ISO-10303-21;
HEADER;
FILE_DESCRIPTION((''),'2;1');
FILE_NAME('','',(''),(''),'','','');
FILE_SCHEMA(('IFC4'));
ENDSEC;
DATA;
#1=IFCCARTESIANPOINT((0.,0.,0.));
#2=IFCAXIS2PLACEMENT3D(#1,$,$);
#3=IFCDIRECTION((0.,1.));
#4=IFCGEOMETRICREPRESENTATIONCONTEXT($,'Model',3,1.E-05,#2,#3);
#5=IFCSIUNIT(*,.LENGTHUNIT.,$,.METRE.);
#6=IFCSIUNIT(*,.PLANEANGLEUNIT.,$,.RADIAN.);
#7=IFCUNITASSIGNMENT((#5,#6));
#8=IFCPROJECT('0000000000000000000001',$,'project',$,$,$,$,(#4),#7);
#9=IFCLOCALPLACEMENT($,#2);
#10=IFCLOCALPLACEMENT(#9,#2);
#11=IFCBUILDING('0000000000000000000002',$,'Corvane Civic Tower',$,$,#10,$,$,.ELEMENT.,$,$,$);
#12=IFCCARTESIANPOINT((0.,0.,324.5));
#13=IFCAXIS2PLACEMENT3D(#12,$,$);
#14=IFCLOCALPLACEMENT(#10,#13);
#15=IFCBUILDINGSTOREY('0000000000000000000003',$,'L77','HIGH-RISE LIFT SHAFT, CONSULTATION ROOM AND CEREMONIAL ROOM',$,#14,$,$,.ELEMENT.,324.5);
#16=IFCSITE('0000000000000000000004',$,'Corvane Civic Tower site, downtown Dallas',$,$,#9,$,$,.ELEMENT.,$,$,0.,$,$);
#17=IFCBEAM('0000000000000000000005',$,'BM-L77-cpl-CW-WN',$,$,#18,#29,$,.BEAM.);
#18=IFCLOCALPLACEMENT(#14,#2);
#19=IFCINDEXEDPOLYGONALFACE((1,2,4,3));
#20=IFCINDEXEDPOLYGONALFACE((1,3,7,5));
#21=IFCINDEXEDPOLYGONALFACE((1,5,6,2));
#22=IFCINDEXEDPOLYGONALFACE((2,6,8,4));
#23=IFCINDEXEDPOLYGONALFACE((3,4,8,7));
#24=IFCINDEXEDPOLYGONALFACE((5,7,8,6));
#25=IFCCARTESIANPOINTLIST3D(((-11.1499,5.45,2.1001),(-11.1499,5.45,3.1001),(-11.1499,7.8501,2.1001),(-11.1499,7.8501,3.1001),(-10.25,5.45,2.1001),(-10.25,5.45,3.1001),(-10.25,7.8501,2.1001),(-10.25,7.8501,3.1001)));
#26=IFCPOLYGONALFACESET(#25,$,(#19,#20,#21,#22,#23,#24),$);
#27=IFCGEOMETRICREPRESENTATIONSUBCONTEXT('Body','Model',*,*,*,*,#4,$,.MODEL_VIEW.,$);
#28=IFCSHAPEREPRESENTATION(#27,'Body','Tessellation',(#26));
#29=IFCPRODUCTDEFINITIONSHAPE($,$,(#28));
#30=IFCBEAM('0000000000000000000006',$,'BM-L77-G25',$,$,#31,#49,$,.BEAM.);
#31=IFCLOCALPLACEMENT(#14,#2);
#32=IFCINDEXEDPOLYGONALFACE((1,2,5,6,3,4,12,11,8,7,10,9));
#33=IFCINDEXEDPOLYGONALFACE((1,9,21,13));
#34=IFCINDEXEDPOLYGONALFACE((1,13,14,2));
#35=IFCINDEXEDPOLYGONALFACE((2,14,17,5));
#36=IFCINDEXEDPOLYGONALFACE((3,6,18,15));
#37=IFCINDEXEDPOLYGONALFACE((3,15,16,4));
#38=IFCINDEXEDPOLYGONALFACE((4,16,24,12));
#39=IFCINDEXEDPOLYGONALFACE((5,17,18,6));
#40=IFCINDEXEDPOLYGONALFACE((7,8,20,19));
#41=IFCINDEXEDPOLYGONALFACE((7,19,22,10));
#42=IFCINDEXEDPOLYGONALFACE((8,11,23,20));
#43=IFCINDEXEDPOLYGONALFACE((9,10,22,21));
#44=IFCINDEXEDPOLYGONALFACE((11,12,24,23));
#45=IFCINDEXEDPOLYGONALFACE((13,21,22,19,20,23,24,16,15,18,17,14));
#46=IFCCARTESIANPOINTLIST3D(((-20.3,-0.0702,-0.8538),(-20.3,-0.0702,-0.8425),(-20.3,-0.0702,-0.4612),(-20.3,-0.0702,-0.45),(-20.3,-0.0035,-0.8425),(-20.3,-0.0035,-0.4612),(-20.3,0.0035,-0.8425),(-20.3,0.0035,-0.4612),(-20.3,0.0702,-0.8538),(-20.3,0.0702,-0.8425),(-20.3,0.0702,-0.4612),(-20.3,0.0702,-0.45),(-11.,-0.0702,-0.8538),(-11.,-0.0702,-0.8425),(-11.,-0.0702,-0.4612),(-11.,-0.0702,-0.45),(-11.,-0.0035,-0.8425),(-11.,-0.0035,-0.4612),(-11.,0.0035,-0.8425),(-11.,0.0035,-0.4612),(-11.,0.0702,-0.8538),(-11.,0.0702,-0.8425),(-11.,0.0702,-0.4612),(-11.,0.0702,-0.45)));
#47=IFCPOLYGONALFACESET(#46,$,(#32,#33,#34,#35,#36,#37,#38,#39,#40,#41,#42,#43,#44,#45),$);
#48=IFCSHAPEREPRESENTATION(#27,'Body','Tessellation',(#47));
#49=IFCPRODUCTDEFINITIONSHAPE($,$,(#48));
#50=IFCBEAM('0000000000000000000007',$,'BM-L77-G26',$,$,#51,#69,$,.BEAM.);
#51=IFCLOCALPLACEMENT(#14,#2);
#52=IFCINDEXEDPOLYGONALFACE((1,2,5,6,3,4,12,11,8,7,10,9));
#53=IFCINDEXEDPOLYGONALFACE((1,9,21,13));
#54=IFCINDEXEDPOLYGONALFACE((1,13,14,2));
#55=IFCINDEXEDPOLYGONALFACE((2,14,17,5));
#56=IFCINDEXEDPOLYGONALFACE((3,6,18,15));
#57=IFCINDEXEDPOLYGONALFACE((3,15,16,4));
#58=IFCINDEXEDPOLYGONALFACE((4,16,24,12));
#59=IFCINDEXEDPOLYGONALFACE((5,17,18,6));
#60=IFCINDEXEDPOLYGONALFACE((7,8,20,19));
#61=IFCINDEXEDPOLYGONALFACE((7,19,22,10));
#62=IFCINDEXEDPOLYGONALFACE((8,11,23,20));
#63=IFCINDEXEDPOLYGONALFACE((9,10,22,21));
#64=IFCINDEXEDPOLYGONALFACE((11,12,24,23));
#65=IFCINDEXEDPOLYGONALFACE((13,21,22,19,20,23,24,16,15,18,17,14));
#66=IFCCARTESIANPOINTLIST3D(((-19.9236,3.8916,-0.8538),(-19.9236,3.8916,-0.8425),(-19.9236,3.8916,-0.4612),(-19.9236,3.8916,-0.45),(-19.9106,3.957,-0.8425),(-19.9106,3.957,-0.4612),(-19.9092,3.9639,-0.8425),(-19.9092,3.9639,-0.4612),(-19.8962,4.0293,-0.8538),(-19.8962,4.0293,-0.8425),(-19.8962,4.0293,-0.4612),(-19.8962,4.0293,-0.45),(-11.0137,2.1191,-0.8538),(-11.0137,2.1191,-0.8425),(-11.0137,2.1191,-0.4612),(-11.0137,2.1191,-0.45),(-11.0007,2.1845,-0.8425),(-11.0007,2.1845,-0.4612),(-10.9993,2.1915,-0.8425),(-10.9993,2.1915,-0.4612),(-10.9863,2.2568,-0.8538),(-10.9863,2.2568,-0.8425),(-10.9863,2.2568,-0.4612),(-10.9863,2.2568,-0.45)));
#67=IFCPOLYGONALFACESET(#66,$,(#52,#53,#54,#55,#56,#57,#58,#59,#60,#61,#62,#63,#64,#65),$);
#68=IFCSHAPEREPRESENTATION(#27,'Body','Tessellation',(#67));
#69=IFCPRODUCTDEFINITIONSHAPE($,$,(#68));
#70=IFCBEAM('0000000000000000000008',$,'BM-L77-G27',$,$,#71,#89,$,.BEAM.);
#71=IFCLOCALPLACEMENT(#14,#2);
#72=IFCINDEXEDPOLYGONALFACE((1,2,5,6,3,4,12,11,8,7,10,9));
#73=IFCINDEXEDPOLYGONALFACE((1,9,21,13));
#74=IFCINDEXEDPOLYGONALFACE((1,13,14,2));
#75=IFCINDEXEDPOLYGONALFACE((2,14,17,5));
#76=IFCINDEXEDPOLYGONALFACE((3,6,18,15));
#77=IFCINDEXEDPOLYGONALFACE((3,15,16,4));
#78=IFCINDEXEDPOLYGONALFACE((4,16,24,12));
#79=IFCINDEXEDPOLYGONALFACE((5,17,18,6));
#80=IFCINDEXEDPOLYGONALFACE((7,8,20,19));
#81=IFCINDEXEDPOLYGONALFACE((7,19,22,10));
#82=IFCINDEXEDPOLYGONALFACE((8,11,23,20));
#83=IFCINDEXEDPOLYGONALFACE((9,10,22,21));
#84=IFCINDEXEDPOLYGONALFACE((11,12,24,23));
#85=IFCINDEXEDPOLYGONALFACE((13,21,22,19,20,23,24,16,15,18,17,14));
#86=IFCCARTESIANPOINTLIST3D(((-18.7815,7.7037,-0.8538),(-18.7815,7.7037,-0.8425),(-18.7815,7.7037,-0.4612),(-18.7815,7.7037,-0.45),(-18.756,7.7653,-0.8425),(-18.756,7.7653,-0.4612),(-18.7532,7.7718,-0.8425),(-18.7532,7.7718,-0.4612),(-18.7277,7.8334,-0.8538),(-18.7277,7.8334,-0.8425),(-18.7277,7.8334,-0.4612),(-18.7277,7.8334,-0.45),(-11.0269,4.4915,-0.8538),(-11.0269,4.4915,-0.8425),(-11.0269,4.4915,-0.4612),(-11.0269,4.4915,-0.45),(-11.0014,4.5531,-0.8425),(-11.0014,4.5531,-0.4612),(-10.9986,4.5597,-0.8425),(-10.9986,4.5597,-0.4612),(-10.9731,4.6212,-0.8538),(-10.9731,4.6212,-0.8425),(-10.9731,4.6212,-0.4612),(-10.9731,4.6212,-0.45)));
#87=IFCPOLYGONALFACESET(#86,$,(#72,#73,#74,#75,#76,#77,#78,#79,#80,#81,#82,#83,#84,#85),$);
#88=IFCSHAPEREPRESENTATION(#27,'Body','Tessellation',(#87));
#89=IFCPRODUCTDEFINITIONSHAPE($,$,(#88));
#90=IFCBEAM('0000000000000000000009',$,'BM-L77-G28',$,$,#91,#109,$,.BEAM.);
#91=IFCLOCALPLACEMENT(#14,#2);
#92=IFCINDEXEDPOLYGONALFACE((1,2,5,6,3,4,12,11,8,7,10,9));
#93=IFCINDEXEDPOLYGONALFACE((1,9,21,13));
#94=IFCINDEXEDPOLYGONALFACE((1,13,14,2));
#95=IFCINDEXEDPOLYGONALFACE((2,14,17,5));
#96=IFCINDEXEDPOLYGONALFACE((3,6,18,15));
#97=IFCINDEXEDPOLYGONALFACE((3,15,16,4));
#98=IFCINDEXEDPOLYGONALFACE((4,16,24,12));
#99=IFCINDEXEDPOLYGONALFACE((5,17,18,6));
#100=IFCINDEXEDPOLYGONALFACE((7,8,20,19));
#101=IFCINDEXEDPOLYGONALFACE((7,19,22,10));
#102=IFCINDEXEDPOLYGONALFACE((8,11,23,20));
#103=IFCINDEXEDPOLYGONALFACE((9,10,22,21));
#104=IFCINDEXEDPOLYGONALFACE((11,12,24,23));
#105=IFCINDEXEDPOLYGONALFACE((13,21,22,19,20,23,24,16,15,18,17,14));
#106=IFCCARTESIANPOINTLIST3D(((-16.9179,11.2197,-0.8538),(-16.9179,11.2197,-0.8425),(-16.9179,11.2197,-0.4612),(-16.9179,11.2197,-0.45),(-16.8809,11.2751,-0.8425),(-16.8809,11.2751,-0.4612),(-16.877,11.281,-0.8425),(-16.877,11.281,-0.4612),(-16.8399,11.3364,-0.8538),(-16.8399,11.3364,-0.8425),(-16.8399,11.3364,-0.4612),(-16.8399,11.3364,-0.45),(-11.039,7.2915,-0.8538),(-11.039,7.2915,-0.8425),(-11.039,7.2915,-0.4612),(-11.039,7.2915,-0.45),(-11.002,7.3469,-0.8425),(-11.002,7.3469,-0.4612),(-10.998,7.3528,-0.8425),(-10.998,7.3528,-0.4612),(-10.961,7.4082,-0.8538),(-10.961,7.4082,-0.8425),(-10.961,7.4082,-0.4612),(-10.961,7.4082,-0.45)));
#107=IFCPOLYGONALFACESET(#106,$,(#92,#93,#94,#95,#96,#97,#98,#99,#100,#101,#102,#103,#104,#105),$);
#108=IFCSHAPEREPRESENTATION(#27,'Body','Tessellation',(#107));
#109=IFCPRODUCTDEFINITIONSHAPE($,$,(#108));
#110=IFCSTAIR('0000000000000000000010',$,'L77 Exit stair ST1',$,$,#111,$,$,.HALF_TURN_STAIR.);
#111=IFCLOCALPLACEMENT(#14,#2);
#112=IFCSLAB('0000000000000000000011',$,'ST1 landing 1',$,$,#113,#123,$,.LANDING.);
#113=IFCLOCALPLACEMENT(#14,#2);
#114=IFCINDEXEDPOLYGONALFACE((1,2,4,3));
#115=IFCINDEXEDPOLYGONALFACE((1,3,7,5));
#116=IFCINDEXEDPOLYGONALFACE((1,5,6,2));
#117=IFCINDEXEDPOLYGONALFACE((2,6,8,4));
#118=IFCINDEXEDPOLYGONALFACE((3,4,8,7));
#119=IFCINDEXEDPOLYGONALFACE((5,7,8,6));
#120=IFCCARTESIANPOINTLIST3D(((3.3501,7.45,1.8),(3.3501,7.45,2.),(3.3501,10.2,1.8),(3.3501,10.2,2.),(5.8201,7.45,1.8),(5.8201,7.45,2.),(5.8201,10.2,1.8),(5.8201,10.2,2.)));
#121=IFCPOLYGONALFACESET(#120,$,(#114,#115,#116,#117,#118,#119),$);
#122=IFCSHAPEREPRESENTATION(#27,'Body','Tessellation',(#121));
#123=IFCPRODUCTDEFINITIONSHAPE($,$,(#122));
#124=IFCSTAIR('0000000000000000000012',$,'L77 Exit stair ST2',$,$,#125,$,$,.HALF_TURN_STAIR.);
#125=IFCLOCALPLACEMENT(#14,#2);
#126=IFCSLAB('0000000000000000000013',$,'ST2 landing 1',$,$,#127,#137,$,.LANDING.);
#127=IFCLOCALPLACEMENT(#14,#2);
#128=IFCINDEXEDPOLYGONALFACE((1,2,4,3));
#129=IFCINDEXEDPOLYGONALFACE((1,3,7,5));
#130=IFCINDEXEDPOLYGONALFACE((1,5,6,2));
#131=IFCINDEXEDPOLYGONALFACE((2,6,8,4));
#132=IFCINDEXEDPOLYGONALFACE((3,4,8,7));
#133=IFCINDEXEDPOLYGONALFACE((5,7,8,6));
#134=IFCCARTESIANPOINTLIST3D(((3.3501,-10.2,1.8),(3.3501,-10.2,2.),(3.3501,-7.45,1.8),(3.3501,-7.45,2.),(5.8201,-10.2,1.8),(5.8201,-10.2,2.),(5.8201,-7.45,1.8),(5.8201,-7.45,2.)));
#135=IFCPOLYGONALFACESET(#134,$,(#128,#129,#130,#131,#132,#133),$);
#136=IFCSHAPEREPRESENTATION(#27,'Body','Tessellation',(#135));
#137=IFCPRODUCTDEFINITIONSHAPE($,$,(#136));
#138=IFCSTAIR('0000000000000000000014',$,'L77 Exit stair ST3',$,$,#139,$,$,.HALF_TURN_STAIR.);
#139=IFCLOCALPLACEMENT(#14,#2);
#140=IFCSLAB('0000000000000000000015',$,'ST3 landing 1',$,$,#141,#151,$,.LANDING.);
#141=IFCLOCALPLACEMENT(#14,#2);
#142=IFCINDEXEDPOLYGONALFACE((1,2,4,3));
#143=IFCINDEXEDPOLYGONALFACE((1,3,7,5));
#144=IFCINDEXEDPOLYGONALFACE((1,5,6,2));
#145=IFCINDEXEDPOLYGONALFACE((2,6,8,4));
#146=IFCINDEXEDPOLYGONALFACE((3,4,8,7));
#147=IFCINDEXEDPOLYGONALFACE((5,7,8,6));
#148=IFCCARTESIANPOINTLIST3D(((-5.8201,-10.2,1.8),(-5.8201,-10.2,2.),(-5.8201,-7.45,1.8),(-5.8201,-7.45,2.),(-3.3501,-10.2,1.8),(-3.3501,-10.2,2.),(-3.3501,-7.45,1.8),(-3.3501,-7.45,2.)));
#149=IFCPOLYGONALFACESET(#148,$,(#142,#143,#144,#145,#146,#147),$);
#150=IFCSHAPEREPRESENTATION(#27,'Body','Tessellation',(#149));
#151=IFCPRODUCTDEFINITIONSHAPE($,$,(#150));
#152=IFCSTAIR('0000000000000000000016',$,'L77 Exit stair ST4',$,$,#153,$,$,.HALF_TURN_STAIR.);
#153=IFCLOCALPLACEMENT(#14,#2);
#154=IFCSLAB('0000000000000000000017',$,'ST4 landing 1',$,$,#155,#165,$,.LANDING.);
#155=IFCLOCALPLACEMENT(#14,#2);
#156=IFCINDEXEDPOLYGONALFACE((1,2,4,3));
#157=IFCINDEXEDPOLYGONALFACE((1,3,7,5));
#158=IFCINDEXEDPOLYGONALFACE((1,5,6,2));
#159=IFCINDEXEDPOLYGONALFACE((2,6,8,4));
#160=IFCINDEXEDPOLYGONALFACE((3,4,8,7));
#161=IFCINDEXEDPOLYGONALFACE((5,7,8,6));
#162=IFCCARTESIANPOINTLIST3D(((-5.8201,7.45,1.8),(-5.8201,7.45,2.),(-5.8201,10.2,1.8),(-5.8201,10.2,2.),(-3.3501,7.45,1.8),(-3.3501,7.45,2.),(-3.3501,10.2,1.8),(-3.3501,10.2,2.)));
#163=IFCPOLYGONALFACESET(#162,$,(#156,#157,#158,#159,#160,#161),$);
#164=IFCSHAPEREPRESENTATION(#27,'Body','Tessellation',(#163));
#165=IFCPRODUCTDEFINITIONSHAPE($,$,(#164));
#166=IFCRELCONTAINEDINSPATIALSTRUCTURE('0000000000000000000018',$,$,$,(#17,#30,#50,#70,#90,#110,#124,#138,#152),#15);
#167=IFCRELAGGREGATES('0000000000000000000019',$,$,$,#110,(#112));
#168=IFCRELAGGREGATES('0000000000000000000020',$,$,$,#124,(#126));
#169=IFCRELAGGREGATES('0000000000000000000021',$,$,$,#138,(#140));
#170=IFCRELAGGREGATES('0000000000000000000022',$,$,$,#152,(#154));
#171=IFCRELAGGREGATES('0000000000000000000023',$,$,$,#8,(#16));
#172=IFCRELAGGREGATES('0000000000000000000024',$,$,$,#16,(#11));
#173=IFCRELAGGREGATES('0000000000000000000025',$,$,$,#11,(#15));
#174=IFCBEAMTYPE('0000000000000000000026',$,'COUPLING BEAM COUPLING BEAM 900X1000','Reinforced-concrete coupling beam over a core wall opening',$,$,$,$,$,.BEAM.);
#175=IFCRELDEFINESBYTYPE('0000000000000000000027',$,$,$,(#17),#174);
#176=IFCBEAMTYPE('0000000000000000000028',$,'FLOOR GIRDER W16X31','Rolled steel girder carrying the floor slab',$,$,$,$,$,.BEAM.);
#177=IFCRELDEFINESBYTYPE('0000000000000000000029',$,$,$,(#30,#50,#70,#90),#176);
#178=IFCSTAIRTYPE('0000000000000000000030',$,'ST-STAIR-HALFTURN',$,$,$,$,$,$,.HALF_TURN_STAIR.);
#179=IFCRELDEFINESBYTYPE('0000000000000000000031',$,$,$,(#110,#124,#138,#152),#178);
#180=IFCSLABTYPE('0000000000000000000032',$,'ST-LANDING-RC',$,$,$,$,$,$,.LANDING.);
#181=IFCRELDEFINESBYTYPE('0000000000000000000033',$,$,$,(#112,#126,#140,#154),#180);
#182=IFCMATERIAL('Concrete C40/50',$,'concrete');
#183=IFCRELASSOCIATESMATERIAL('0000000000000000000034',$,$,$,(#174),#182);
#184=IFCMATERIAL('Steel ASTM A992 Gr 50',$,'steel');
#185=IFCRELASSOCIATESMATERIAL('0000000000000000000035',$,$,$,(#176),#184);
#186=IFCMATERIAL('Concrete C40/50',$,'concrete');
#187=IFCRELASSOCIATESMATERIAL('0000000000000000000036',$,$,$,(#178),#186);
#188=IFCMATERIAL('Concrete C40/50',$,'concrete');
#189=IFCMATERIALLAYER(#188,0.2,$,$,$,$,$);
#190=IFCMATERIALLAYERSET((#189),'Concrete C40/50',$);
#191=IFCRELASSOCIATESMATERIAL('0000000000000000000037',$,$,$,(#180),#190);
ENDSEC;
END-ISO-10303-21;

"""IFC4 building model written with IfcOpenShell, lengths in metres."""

from ifc_helpers import new_model, si_unit, direction, frame, origin, origin_2d, place, context, subcontext, project, spatial, polyline, rectangle, i_section, outline, extrude, material, layer, layer_set, material_profile, profile_set, type_object, element, aggregate, save


model = new_model("IFC4")

# Units and contexts
model_context = context("Model", 3, precision=1e-05, world=origin(), true_north=direction((0.0, 1.0)))
body_context = subcontext(model_context, "Body", "Model", "MODEL_VIEW")
ifc_project = project(units=[si_unit("LENGTHUNIT", "METRE"), si_unit("PLANEANGLEUNIT", "RADIAN")], contexts=[model_context])

# Site, building, storey
site_placement = place(None, origin())
site = spatial("IfcSite", under=ifc_project, at=site_placement, Name="Corvane Civic Tower site, downtown Dallas", CompositionType="ELEMENT", RefElevation=0.0)
building_placement = place(site_placement, origin())
building = spatial("IfcBuilding", under=site, at=building_placement, Name="Corvane Civic Tower", CompositionType="ELEMENT")
storey_placement = place(building_placement, frame((0.0, 0.0, 324.5)))
storey = spatial("IfcBuildingStorey", under=building, at=storey_placement, Name="L77", Description="HIGH-RISE LIFT SHAFT, CONSULTATION ROOM AND CEREMONIAL ROOM", CompositionType="ELEMENT", Elevation=324.5)

# Beams
ifc_material_1 = material(Name="Concrete C40/50", Category="concrete")
ifc_material_profile_1 = material_profile(ifc_material_1, rectangle(XDim=0.8999, YDim=1.0, at=origin_2d()), Name="COUPLING BEAM 900X1000")
ifc_profile_set_1 = profile_set([ifc_material_profile_1], Name="Concrete C40/50")
beam_type_1 = type_object("IfcBeamType", Name="COUPLING BEAM COUPLING BEAM 900X1000", Description="Reinforced-concrete coupling beam over a core wall opening", PredefinedType="BEAM", material=ifc_profile_set_1)
beam_1_placement = place(storey_placement, frame((-10.7, 5.45, 2.6001), z_axis=(0.0, 1.0, 0.0), x_axis=(-1.0, 0.0, 0.0)))
element("IfcBeam", 1, at=beam_1_placement, inside=storey, type_object=beam_type_1, Name="BM-L77-cpl-CW-WN", PredefinedType="BEAM", context=body_context, shape_type="SweptSolid", body=[
    extrude(rectangle(XDim=0.8999, YDim=1.0, at=origin_2d()), origin(), (0.0, 0.0, 1.0), 2.4001),
])
ifc_material_2 = material(Name="Steel ASTM A992 Gr 50", Category="steel")
ifc_material_profile_2 = material_profile(ifc_material_2, i_section(OverallWidth=0.1404, OverallDepth=0.4038, WebThickness=0.0071, FlangeThickness=0.0112, at=origin_2d()), Name="W16X31")
ifc_profile_set_2 = profile_set([ifc_material_profile_2], Name="Steel ASTM A992 Gr 50")
beam_type_2 = type_object("IfcBeamType", Name="FLOOR GIRDER W16X31", Description="Rolled steel girder carrying the floor slab", PredefinedType="BEAM", material=ifc_profile_set_2)
beam_2_placement = place(storey_placement, frame((-11.0, 0.0, -0.6519), z_axis=(-1.0, 0.0, 0.0), x_axis=(0.0, -1.0, 0.0)))
element("IfcBeam", 2, at=beam_2_placement, inside=storey, type_object=beam_type_2, Name="BM-L77-G25", PredefinedType="BEAM", context=body_context, shape_type="SweptSolid", body=[
    extrude(i_section(OverallWidth=0.1404, OverallDepth=0.4038, WebThickness=0.0071, FlangeThickness=0.0112, at=origin_2d()), origin(), (0.0, 0.0, 1.0), 9.3),
])
beam_3_placement = place(storey_placement, frame((-11.0, 2.188, -0.6519), z_axis=(-0.980782, 0.195108, 0.0), x_axis=(-0.195108, -0.980782, 0.0)))
element("IfcBeam", 3, at=beam_3_placement, inside=storey, type_object=beam_type_2, Name="BM-L77-G26", PredefinedType="BEAM", context=body_context, shape_type="SweptSolid", body=[
    extrude(i_section(OverallWidth=0.1404, OverallDepth=0.4038, WebThickness=0.0071, FlangeThickness=0.0112, at=origin_2d()), origin(), (0.0, 0.0, 1.0), 9.0845),
])
beam_4_placement = place(storey_placement, frame((-11.0, 4.5564, -0.6519), z_axis=(-0.923876, 0.382692, 0.0), x_axis=(-0.382692, -0.923876, 0.0)))
element("IfcBeam", 4, at=beam_4_placement, inside=storey, type_object=beam_type_2, Name="BM-L77-G27", PredefinedType="BEAM", context=body_context, shape_type="SweptSolid", body=[
    extrude(i_section(OverallWidth=0.1404, OverallDepth=0.4038, WebThickness=0.0071, FlangeThickness=0.0112, at=origin_2d()), origin(), (0.0, 0.0, 1.0), 8.3936),
])
beam_5_placement = place(storey_placement, frame((-11.0, 7.3499, -0.6519), z_axis=(-0.831465, 0.555576, 0.0), x_axis=(-0.555576, -0.831465, 0.0)))
element("IfcBeam", 5, at=beam_5_placement, inside=storey, type_object=beam_type_2, Name="BM-L77-G28", PredefinedType="BEAM", context=body_context, shape_type="SweptSolid", body=[
    extrude(i_section(OverallWidth=0.1404, OverallDepth=0.4038, WebThickness=0.0071, FlangeThickness=0.0112, at=origin_2d()), origin(), (0.0, 0.0, 1.0), 7.0706),
])

# Stairs, slabs
ifc_material_3 = material(Name="Concrete C40/50", Category="concrete")
stair_type = type_object("IfcStairType", Name="ST-STAIR-HALFTURN", PredefinedType="HALF_TURN_STAIR", material=ifc_material_3)
stair_1_placement = place(storey_placement, origin())
stair_1 = element("IfcStair", 6, at=stair_1_placement, inside=storey, type_object=stair_type, Name="L77 Exit stair ST1", PredefinedType="HALF_TURN_STAIR")
ifc_material_4 = material(Name="Concrete C40/50", Category="concrete")
ifc_layer_1 = layer(ifc_material_4, 0.2)
ifc_layer_set_1 = layer_set([ifc_layer_1], Name="Concrete C40/50")
slab_type_1 = type_object("IfcSlabType", Name="ST-LANDING-RC", PredefinedType="LANDING", material=ifc_layer_set_1)
slab_1_placement = place(storey_placement, frame((0.0, 0.0, 1.8)))
slab_1 = element("IfcSlab", 7, at=slab_1_placement, type_object=slab_type_1, Name="ST1 landing 1", PredefinedType="LANDING", context=body_context, shape_type="SweptSolid", body=[
    extrude(outline(polyline([(5.8201, 10.2), (3.3501, 10.2), (3.3501, 7.45), (5.8201, 7.45), (5.8201, 10.2)])), origin(), (0.0, 0.0, 1.0), 0.2),
])
aggregate(stair_1, [slab_1])
stair_2_placement = place(storey_placement, origin())
stair_2 = element("IfcStair", 8, at=stair_2_placement, inside=storey, type_object=stair_type, Name="L77 Exit stair ST2", PredefinedType="HALF_TURN_STAIR")
slab_2_placement = place(storey_placement, frame((0.0, 0.0, 1.8)))
slab_2 = element("IfcSlab", 9, at=slab_2_placement, type_object=slab_type_1, Name="ST2 landing 1", PredefinedType="LANDING", context=body_context, shape_type="SweptSolid", body=[
    extrude(outline(polyline([(5.8201, -7.45), (3.3501, -7.45), (3.3501, -10.2), (5.8201, -10.2), (5.8201, -7.45)])), origin(), (0.0, 0.0, 1.0), 0.2),
])
aggregate(stair_2, [slab_2])
stair_3_placement = place(storey_placement, origin())
stair_3 = element("IfcStair", 10, at=stair_3_placement, inside=storey, type_object=stair_type, Name="L77 Exit stair ST3", PredefinedType="HALF_TURN_STAIR")
slab_3_placement = place(storey_placement, frame((0.0, 0.0, 1.8)))
slab_3 = element("IfcSlab", 11, at=slab_3_placement, type_object=slab_type_1, Name="ST3 landing 1", PredefinedType="LANDING", context=body_context, shape_type="SweptSolid", body=[
    extrude(outline(polyline([(-5.8201, -10.2), (-3.3501, -10.2), (-3.3501, -7.45), (-5.8201, -7.45), (-5.8201, -10.2)])), origin(), (0.0, 0.0, 1.0), 0.2),
])
aggregate(stair_3, [slab_3])
stair_4_placement = place(storey_placement, origin())
stair_4 = element("IfcStair", 12, at=stair_4_placement, inside=storey, type_object=stair_type, Name="L77 Exit stair ST4", PredefinedType="HALF_TURN_STAIR")
slab_4_placement = place(storey_placement, frame((0.0, 0.0, 1.8)))
slab_4 = element("IfcSlab", 13, at=slab_4_placement, type_object=slab_type_1, Name="ST4 landing 1", PredefinedType="LANDING", context=body_context, shape_type="SweptSolid", body=[
    extrude(outline(polyline([(-5.8201, 7.45), (-3.3501, 7.45), (-3.3501, 10.2), (-5.8201, 10.2), (-5.8201, 7.45)])), origin(), (0.0, 0.0, 1.0), 0.2),
])

aggregate(stair_4, [slab_4])

save(model, "model.ifc")
